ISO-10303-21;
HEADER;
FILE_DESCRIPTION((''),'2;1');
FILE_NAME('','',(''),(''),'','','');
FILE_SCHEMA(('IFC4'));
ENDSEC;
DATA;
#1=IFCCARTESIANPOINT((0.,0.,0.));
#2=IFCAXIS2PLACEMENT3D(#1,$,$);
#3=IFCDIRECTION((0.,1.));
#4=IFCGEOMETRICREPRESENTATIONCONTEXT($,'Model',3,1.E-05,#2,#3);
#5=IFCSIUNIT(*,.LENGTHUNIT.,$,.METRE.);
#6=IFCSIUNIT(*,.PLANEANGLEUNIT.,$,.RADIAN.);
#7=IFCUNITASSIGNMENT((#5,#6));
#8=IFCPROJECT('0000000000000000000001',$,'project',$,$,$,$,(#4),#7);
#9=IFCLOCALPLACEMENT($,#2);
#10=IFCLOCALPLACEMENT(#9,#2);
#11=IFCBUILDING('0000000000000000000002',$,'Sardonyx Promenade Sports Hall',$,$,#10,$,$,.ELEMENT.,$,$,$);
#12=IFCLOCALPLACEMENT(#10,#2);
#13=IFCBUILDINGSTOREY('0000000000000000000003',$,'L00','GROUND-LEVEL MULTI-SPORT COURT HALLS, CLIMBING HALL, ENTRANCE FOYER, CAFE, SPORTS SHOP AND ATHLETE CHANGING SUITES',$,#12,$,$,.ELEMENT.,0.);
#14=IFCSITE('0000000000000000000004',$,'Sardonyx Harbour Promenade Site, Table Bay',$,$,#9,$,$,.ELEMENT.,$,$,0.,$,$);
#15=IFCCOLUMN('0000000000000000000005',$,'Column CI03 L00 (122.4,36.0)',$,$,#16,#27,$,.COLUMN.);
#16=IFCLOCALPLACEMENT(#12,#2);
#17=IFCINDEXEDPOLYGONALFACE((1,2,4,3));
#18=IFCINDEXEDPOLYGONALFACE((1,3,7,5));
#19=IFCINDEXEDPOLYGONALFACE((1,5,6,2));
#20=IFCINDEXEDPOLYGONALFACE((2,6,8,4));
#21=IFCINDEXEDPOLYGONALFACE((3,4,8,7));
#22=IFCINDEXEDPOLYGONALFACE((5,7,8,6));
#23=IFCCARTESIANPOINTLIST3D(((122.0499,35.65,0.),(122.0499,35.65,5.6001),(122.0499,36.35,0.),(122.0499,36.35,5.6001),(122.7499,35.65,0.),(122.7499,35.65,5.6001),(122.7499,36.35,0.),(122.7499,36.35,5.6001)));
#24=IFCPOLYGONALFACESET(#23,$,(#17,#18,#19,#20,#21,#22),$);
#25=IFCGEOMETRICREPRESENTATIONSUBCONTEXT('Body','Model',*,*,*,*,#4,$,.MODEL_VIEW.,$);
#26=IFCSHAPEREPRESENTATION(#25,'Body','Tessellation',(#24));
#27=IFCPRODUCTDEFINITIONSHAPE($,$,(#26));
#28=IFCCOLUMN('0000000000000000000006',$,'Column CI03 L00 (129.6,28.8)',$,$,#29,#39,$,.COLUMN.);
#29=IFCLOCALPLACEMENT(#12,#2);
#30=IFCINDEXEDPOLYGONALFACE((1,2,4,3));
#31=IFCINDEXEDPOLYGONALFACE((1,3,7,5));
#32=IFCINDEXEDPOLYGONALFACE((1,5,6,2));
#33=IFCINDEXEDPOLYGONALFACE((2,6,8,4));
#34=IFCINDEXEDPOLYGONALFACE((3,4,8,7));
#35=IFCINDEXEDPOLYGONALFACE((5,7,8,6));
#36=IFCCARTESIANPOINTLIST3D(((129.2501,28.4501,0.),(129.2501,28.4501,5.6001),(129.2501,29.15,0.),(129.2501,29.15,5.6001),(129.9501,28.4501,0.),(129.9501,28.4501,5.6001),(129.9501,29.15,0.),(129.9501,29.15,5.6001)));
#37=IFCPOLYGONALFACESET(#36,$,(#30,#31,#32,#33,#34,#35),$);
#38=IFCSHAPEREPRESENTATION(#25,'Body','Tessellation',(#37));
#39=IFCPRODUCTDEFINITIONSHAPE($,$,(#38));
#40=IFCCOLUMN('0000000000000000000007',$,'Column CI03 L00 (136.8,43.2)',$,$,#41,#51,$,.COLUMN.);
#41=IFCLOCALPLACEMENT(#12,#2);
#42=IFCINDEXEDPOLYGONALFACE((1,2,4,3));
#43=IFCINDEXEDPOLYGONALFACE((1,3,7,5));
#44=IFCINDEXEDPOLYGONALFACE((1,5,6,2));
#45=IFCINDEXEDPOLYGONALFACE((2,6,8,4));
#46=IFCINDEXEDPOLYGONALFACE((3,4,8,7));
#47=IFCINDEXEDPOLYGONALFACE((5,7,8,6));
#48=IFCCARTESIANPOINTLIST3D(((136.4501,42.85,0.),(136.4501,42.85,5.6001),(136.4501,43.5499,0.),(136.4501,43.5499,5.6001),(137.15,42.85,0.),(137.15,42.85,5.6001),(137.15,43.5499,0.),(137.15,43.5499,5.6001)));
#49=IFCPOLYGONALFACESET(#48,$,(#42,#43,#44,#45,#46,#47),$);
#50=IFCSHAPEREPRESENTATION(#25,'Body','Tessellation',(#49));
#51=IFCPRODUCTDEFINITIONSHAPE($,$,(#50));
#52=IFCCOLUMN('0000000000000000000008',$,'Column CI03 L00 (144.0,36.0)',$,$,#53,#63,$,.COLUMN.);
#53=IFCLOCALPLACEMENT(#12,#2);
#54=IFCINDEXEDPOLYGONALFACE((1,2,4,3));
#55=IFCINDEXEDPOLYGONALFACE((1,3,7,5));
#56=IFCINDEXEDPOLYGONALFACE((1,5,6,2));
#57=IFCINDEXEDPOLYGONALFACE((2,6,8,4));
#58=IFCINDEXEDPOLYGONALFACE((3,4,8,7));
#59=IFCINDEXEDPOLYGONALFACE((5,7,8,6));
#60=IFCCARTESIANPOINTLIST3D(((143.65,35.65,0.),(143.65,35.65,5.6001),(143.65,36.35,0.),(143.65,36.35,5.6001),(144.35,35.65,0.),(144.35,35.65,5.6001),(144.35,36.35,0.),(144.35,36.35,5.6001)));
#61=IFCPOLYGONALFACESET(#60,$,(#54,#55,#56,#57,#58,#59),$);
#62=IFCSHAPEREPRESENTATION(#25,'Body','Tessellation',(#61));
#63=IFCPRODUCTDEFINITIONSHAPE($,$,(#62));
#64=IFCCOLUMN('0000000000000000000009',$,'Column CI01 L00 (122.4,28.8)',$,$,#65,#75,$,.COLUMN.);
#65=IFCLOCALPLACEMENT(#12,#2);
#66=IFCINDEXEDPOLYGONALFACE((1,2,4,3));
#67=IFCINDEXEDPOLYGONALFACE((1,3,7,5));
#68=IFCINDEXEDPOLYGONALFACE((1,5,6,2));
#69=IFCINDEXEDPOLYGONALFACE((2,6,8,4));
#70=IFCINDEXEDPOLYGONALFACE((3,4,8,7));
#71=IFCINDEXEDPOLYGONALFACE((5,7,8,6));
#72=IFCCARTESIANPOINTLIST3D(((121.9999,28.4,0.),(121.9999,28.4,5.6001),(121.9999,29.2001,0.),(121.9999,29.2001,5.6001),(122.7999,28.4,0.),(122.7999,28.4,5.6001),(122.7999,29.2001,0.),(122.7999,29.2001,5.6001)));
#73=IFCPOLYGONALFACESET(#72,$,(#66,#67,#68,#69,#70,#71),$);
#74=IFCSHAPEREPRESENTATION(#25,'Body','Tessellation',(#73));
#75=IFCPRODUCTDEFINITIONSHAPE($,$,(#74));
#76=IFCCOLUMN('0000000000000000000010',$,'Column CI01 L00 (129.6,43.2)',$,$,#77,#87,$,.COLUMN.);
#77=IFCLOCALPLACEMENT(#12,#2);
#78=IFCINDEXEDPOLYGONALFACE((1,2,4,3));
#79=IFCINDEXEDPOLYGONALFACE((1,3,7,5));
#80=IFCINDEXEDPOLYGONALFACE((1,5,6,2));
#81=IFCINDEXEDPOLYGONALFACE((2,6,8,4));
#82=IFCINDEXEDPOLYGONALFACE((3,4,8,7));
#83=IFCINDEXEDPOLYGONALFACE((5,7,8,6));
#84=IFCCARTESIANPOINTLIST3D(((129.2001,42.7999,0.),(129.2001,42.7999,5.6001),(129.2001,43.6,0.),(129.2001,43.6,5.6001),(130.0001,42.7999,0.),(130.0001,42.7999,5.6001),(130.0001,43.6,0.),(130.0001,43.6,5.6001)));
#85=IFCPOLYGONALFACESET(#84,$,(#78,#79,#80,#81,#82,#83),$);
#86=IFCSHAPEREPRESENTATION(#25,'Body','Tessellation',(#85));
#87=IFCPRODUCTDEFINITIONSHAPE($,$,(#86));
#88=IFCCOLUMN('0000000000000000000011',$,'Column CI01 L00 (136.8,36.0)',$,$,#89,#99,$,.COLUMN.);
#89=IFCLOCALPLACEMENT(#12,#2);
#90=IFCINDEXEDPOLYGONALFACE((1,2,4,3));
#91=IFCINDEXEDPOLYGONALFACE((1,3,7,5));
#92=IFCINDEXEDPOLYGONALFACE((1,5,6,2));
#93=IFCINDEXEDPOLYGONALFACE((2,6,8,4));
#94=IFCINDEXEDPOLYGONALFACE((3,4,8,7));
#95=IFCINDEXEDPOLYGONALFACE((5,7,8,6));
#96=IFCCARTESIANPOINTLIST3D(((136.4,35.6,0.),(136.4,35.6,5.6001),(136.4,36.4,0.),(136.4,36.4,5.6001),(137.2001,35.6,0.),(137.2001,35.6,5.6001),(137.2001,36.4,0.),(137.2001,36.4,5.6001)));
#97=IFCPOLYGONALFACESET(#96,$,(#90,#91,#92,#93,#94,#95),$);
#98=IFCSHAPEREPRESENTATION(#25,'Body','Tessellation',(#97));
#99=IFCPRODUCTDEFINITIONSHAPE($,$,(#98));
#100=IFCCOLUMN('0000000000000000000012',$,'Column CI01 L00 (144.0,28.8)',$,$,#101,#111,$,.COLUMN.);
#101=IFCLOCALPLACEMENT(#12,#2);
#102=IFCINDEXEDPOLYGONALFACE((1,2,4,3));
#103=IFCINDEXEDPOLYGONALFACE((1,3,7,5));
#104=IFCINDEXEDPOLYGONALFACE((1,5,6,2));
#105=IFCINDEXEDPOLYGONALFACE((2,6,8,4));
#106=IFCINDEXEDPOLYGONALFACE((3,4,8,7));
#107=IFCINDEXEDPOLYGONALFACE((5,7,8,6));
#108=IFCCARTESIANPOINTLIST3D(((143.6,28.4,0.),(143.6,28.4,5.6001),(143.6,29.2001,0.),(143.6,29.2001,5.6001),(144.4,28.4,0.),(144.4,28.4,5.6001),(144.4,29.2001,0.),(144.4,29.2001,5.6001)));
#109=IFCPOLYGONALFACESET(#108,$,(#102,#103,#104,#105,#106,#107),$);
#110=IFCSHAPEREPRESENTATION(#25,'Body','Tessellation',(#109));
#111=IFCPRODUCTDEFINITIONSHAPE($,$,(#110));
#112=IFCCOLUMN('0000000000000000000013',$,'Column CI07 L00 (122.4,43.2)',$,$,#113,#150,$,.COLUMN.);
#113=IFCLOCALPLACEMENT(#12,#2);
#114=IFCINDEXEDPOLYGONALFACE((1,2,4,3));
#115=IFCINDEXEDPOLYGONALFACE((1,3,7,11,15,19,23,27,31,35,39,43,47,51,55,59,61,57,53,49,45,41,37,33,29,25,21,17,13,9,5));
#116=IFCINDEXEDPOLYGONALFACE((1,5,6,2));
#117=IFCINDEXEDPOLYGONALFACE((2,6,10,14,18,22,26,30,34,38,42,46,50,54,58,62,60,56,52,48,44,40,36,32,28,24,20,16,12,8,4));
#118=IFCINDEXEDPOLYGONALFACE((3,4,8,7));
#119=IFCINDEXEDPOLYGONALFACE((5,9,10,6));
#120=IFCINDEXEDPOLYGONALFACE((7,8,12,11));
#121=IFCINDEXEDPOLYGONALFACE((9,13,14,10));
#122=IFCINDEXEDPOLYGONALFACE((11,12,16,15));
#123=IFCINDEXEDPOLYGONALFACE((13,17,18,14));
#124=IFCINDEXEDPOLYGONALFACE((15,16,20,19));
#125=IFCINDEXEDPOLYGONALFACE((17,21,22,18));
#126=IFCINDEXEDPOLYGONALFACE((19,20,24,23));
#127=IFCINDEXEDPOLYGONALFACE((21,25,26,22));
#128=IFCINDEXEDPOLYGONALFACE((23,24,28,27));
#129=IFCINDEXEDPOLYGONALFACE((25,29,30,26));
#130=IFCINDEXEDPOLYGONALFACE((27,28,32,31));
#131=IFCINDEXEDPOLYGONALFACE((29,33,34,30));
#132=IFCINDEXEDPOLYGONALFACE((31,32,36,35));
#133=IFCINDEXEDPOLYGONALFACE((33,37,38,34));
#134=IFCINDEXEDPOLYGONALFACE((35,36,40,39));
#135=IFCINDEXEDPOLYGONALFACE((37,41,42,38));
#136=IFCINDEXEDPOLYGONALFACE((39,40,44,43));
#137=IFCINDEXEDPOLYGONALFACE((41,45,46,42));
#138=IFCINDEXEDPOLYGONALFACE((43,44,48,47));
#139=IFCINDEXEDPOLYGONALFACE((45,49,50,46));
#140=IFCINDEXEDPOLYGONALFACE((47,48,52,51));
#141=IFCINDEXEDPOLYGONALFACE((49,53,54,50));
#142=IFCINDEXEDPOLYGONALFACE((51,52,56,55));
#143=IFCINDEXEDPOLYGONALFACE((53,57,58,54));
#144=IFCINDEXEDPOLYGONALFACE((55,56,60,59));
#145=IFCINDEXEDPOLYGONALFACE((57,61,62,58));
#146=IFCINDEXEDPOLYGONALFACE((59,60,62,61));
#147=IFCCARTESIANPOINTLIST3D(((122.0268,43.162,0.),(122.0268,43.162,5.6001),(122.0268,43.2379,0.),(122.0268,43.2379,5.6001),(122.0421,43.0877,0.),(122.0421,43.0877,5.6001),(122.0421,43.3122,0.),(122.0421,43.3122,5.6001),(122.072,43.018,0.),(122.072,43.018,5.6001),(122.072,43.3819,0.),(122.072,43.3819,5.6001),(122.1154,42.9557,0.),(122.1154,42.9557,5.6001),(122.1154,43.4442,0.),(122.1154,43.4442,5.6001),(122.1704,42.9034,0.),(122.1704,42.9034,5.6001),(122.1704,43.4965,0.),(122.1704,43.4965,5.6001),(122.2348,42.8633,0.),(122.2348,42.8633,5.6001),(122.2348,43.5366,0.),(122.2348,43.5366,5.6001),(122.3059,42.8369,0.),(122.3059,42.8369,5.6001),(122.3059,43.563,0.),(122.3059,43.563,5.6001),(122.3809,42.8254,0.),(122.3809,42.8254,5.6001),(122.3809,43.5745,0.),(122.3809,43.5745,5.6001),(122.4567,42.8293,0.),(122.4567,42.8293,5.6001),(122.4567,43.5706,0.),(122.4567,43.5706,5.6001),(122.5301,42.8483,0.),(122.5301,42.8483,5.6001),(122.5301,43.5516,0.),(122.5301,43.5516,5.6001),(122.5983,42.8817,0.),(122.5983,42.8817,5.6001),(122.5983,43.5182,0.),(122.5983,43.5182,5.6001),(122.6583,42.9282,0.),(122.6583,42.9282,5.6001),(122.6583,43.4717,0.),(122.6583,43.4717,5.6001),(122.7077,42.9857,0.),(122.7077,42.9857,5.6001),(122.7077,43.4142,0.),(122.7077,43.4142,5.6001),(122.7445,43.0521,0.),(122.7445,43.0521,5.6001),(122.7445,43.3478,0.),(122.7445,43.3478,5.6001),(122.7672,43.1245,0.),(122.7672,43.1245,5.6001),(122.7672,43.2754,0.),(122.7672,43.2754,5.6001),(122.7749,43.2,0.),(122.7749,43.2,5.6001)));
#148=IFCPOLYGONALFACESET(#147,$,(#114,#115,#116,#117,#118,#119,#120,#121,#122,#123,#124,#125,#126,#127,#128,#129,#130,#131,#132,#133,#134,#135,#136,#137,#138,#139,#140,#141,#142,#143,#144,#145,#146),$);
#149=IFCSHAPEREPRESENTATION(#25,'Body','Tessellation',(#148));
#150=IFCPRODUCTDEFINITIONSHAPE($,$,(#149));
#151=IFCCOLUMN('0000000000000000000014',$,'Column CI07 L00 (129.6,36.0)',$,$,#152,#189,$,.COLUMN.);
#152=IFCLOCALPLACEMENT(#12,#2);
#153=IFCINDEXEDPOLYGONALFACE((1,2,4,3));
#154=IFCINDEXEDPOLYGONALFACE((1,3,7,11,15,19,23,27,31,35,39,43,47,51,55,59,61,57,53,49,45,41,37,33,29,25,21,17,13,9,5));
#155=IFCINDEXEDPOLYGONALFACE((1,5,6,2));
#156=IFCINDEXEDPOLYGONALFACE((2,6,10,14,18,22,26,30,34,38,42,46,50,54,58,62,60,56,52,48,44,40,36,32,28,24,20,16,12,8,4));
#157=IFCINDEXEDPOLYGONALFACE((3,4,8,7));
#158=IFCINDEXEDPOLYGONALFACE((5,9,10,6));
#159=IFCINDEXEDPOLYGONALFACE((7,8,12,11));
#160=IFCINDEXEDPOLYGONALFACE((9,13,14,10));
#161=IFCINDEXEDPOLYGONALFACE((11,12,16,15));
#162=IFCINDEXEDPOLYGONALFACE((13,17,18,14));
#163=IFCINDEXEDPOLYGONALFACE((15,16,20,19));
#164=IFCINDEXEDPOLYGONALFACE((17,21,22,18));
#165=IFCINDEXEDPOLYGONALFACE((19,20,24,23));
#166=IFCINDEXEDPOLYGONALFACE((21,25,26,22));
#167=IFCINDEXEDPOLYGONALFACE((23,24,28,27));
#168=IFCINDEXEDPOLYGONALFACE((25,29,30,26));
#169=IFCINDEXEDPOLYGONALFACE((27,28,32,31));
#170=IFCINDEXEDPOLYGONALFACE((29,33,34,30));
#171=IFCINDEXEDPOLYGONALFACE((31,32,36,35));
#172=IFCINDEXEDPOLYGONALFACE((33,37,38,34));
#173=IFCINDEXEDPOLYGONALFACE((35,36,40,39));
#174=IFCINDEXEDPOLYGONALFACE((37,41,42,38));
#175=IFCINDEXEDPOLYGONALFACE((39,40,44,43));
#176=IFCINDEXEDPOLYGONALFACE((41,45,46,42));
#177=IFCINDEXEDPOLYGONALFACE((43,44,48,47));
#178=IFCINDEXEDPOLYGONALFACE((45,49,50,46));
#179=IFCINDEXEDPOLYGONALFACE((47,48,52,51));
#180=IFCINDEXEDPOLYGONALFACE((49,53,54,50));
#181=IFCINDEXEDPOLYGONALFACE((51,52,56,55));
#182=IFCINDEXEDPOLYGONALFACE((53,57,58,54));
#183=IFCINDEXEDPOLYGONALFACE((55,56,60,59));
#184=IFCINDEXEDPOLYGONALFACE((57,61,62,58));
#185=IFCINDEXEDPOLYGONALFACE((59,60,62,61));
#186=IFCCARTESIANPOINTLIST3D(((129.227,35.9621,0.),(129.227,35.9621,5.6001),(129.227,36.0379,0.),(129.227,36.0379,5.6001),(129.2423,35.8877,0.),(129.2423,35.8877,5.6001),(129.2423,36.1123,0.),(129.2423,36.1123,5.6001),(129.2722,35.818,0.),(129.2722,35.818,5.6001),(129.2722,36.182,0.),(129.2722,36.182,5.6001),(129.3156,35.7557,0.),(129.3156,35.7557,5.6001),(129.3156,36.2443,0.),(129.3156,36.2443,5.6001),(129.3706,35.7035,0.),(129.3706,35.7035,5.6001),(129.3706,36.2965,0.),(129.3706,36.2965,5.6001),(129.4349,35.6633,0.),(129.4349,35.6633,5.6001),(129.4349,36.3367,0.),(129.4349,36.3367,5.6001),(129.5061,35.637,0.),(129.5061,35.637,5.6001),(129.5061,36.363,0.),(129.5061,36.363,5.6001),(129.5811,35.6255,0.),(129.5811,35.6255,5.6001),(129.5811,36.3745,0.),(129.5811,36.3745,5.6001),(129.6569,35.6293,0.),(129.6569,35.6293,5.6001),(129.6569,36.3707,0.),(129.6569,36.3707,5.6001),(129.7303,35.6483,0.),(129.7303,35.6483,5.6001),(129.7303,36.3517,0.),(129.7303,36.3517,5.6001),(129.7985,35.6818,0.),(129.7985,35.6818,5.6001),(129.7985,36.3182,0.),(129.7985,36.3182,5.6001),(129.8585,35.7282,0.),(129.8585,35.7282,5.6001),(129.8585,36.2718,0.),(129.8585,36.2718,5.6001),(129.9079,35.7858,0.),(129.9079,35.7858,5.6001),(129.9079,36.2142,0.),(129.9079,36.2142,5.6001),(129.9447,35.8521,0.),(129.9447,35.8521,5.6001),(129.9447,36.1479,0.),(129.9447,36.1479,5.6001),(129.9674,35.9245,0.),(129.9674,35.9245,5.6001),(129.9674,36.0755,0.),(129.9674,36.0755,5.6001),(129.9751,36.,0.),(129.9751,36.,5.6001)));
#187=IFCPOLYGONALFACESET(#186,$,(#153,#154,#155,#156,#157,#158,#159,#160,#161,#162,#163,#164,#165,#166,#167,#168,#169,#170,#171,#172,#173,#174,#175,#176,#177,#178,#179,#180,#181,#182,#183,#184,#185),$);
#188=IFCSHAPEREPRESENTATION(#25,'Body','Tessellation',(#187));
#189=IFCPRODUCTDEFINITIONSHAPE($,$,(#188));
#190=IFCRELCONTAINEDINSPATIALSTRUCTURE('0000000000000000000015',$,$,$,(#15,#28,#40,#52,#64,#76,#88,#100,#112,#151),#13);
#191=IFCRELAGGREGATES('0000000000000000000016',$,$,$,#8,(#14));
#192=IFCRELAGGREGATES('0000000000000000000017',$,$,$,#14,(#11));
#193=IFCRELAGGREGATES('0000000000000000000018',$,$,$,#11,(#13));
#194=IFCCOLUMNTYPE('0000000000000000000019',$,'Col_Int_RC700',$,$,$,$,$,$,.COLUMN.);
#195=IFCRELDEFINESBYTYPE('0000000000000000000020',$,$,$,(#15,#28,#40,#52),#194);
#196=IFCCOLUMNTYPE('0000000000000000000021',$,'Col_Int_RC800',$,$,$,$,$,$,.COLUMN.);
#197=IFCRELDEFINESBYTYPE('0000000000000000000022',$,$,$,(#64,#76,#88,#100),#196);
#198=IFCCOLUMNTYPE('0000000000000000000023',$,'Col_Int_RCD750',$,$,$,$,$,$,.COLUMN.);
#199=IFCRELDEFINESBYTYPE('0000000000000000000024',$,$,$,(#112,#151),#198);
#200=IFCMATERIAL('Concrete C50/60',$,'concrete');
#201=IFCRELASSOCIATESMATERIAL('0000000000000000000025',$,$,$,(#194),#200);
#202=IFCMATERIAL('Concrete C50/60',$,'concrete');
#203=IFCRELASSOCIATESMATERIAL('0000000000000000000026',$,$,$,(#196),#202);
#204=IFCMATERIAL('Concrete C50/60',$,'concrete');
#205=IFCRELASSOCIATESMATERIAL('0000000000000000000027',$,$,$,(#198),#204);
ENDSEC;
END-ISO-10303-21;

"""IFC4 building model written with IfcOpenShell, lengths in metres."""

from ifc_helpers import new_model, si_unit, direction, frame, origin, origin_2d, place, context, subcontext, project, spatial, rectangle, circle, extrude, material, material_profile, profile_set, type_object, element, save


model = new_model("IFC4")

# Units and contexts
model_context = context("Model", 3, precision=1e-05, world=origin(), true_north=direction((0.0, 1.0)))
body_context = subcontext(model_context, "Body", "Model", "MODEL_VIEW")
ifc_project = project(units=[si_unit("LENGTHUNIT", "METRE"), si_unit("PLANEANGLEUNIT", "RADIAN")], contexts=[model_context])

# Site, building, storey
site_placement = place(None, origin())
site = spatial("IfcSite", under=ifc_project, at=site_placement, Name="Sardonyx Harbour Promenade Site, Table Bay", CompositionType="ELEMENT", RefElevation=0.0)
building_placement = place(site_placement, origin())
building = spatial("IfcBuilding", under=site, at=building_placement, Name="Sardonyx Promenade Sports Hall", CompositionType="ELEMENT")
storey_placement = place(building_placement, origin())
storey = spatial("IfcBuildingStorey", under=building, at=storey_placement, Name="L00", Description="GROUND-LEVEL MULTI-SPORT COURT HALLS, CLIMBING HALL, ENTRANCE FOYER, CAFE, SPORTS SHOP AND ATHLETE CHANGING SUITES", CompositionType="ELEMENT", Elevation=0.0)

# Columns
ifc_material_1 = material(Name="Concrete C50/60", Category="concrete")
ifc_material_profile_1 = material_profile(ifc_material_1, rectangle(XDim=0.7, YDim=0.7, at=origin_2d()))
ifc_profile_set_1 = profile_set([ifc_material_profile_1], Name="Concrete C50/60")
column_type_1 = type_object("IfcColumnType", Name="Col_Int_RC700", PredefinedType="COLUMN", material=ifc_profile_set_1)
for number, where, z_axis, x_axis, name in (
    (1, (122.3999, 36.0, 0.0), (0.0, 0.0, 1.0), (1.0, 0.0, 0.0), "Column CI03 L00 (122.4,36.0)"),
    (2, (129.6001, 28.8, 0.0), (0.0, 0.0, 1.0), (1.0, 0.0, 0.0), "Column CI03 L00 (129.6,28.8)"),
    (3, (136.8, 43.2, 0.0), (0.0, 0.0, 1.0), (1.0, 0.0, 0.0), "Column CI03 L00 (136.8,43.2)"),
    (4, (144.0, 36.0, 0.0), (0.0, 0.0, 1.0), (1.0, 0.0, 0.0), "Column CI03 L00 (144.0,36.0)"),
):
    element("IfcColumn", number, at=place(storey_placement, frame(where, z_axis=z_axis, x_axis=x_axis)), inside=storey, type_object=column_type_1, Name=name, PredefinedType="COLUMN", context=body_context, shape_type="SweptSolid", body=[
        extrude(rectangle(XDim=0.7, YDim=0.7, at=origin_2d()), origin(), (0.0, 0.0, 1.0), 5.6001),
    ])
ifc_material_2 = material(Name="Concrete C50/60", Category="concrete")
ifc_material_profile_2 = material_profile(ifc_material_2, rectangle(XDim=0.8, YDim=0.8, at=origin_2d()))
ifc_profile_set_2 = profile_set([ifc_material_profile_2], Name="Concrete C50/60")
column_type_2 = type_object("IfcColumnType", Name="Col_Int_RC800", PredefinedType="COLUMN", material=ifc_profile_set_2)
for number, where, z_axis, x_axis, name in (
    (5, (122.3999, 28.8, 0.0), (0.0, 0.0, 1.0), (1.0, 0.0, 0.0), "Column CI01 L00 (122.4,28.8)"),
    (6, (129.6001, 43.2, 0.0), (0.0, 0.0, 1.0), (1.0, 0.0, 0.0), "Column CI01 L00 (129.6,43.2)"),
    (7, (136.8, 36.0, 0.0), (0.0, 0.0, 1.0), (1.0, 0.0, 0.0), "Column CI01 L00 (136.8,36.0)"),
    (8, (144.0, 28.8, 0.0), (0.0, 0.0, 1.0), (1.0, 0.0, 0.0), "Column CI01 L00 (144.0,28.8)"),
):
    element("IfcColumn", number, at=place(storey_placement, frame(where, z_axis=z_axis, x_axis=x_axis)), inside=storey, type_object=column_type_2, Name=name, PredefinedType="COLUMN", context=body_context, shape_type="SweptSolid", body=[
        extrude(rectangle(XDim=0.8, YDim=0.8, at=origin_2d()), origin(), (0.0, 0.0, 1.0), 5.6001),
    ])
ifc_material_3 = material(Name="Concrete C50/60", Category="concrete")
ifc_material_profile_3 = material_profile(ifc_material_3, circle(Radius=0.375, at=origin_2d()))
ifc_profile_set_3 = profile_set([ifc_material_profile_3], Name="Concrete C50/60")
column_type_3 = type_object("IfcColumnType", Name="Col_Int_RCD750", PredefinedType="COLUMN", material=ifc_profile_set_3)
for number, where, z_axis, x_axis, name in (
    (9, (122.3999, 43.2, 0.0), (0.0, 0.0, 1.0), (1.0, 0.0, 0.0), "Column CI07 L00 (122.4,43.2)"),
    (10, (129.6001, 36.0, 0.0), (0.0, 0.0, 1.0), (1.0, 0.0, 0.0), "Column CI07 L00 (129.6,36.0)"),
):
    element("IfcColumn", number, at=place(storey_placement, frame(where, z_axis=z_axis, x_axis=x_axis)), inside=storey, type_object=column_type_3, Name=name, PredefinedType="COLUMN", context=body_context, shape_type="SweptSolid", body=[
        extrude(circle(Radius=0.375, at=origin_2d()), origin(), (0.0, 0.0, 1.0), 5.6001),
    ])

save(model, "model.ifc")
